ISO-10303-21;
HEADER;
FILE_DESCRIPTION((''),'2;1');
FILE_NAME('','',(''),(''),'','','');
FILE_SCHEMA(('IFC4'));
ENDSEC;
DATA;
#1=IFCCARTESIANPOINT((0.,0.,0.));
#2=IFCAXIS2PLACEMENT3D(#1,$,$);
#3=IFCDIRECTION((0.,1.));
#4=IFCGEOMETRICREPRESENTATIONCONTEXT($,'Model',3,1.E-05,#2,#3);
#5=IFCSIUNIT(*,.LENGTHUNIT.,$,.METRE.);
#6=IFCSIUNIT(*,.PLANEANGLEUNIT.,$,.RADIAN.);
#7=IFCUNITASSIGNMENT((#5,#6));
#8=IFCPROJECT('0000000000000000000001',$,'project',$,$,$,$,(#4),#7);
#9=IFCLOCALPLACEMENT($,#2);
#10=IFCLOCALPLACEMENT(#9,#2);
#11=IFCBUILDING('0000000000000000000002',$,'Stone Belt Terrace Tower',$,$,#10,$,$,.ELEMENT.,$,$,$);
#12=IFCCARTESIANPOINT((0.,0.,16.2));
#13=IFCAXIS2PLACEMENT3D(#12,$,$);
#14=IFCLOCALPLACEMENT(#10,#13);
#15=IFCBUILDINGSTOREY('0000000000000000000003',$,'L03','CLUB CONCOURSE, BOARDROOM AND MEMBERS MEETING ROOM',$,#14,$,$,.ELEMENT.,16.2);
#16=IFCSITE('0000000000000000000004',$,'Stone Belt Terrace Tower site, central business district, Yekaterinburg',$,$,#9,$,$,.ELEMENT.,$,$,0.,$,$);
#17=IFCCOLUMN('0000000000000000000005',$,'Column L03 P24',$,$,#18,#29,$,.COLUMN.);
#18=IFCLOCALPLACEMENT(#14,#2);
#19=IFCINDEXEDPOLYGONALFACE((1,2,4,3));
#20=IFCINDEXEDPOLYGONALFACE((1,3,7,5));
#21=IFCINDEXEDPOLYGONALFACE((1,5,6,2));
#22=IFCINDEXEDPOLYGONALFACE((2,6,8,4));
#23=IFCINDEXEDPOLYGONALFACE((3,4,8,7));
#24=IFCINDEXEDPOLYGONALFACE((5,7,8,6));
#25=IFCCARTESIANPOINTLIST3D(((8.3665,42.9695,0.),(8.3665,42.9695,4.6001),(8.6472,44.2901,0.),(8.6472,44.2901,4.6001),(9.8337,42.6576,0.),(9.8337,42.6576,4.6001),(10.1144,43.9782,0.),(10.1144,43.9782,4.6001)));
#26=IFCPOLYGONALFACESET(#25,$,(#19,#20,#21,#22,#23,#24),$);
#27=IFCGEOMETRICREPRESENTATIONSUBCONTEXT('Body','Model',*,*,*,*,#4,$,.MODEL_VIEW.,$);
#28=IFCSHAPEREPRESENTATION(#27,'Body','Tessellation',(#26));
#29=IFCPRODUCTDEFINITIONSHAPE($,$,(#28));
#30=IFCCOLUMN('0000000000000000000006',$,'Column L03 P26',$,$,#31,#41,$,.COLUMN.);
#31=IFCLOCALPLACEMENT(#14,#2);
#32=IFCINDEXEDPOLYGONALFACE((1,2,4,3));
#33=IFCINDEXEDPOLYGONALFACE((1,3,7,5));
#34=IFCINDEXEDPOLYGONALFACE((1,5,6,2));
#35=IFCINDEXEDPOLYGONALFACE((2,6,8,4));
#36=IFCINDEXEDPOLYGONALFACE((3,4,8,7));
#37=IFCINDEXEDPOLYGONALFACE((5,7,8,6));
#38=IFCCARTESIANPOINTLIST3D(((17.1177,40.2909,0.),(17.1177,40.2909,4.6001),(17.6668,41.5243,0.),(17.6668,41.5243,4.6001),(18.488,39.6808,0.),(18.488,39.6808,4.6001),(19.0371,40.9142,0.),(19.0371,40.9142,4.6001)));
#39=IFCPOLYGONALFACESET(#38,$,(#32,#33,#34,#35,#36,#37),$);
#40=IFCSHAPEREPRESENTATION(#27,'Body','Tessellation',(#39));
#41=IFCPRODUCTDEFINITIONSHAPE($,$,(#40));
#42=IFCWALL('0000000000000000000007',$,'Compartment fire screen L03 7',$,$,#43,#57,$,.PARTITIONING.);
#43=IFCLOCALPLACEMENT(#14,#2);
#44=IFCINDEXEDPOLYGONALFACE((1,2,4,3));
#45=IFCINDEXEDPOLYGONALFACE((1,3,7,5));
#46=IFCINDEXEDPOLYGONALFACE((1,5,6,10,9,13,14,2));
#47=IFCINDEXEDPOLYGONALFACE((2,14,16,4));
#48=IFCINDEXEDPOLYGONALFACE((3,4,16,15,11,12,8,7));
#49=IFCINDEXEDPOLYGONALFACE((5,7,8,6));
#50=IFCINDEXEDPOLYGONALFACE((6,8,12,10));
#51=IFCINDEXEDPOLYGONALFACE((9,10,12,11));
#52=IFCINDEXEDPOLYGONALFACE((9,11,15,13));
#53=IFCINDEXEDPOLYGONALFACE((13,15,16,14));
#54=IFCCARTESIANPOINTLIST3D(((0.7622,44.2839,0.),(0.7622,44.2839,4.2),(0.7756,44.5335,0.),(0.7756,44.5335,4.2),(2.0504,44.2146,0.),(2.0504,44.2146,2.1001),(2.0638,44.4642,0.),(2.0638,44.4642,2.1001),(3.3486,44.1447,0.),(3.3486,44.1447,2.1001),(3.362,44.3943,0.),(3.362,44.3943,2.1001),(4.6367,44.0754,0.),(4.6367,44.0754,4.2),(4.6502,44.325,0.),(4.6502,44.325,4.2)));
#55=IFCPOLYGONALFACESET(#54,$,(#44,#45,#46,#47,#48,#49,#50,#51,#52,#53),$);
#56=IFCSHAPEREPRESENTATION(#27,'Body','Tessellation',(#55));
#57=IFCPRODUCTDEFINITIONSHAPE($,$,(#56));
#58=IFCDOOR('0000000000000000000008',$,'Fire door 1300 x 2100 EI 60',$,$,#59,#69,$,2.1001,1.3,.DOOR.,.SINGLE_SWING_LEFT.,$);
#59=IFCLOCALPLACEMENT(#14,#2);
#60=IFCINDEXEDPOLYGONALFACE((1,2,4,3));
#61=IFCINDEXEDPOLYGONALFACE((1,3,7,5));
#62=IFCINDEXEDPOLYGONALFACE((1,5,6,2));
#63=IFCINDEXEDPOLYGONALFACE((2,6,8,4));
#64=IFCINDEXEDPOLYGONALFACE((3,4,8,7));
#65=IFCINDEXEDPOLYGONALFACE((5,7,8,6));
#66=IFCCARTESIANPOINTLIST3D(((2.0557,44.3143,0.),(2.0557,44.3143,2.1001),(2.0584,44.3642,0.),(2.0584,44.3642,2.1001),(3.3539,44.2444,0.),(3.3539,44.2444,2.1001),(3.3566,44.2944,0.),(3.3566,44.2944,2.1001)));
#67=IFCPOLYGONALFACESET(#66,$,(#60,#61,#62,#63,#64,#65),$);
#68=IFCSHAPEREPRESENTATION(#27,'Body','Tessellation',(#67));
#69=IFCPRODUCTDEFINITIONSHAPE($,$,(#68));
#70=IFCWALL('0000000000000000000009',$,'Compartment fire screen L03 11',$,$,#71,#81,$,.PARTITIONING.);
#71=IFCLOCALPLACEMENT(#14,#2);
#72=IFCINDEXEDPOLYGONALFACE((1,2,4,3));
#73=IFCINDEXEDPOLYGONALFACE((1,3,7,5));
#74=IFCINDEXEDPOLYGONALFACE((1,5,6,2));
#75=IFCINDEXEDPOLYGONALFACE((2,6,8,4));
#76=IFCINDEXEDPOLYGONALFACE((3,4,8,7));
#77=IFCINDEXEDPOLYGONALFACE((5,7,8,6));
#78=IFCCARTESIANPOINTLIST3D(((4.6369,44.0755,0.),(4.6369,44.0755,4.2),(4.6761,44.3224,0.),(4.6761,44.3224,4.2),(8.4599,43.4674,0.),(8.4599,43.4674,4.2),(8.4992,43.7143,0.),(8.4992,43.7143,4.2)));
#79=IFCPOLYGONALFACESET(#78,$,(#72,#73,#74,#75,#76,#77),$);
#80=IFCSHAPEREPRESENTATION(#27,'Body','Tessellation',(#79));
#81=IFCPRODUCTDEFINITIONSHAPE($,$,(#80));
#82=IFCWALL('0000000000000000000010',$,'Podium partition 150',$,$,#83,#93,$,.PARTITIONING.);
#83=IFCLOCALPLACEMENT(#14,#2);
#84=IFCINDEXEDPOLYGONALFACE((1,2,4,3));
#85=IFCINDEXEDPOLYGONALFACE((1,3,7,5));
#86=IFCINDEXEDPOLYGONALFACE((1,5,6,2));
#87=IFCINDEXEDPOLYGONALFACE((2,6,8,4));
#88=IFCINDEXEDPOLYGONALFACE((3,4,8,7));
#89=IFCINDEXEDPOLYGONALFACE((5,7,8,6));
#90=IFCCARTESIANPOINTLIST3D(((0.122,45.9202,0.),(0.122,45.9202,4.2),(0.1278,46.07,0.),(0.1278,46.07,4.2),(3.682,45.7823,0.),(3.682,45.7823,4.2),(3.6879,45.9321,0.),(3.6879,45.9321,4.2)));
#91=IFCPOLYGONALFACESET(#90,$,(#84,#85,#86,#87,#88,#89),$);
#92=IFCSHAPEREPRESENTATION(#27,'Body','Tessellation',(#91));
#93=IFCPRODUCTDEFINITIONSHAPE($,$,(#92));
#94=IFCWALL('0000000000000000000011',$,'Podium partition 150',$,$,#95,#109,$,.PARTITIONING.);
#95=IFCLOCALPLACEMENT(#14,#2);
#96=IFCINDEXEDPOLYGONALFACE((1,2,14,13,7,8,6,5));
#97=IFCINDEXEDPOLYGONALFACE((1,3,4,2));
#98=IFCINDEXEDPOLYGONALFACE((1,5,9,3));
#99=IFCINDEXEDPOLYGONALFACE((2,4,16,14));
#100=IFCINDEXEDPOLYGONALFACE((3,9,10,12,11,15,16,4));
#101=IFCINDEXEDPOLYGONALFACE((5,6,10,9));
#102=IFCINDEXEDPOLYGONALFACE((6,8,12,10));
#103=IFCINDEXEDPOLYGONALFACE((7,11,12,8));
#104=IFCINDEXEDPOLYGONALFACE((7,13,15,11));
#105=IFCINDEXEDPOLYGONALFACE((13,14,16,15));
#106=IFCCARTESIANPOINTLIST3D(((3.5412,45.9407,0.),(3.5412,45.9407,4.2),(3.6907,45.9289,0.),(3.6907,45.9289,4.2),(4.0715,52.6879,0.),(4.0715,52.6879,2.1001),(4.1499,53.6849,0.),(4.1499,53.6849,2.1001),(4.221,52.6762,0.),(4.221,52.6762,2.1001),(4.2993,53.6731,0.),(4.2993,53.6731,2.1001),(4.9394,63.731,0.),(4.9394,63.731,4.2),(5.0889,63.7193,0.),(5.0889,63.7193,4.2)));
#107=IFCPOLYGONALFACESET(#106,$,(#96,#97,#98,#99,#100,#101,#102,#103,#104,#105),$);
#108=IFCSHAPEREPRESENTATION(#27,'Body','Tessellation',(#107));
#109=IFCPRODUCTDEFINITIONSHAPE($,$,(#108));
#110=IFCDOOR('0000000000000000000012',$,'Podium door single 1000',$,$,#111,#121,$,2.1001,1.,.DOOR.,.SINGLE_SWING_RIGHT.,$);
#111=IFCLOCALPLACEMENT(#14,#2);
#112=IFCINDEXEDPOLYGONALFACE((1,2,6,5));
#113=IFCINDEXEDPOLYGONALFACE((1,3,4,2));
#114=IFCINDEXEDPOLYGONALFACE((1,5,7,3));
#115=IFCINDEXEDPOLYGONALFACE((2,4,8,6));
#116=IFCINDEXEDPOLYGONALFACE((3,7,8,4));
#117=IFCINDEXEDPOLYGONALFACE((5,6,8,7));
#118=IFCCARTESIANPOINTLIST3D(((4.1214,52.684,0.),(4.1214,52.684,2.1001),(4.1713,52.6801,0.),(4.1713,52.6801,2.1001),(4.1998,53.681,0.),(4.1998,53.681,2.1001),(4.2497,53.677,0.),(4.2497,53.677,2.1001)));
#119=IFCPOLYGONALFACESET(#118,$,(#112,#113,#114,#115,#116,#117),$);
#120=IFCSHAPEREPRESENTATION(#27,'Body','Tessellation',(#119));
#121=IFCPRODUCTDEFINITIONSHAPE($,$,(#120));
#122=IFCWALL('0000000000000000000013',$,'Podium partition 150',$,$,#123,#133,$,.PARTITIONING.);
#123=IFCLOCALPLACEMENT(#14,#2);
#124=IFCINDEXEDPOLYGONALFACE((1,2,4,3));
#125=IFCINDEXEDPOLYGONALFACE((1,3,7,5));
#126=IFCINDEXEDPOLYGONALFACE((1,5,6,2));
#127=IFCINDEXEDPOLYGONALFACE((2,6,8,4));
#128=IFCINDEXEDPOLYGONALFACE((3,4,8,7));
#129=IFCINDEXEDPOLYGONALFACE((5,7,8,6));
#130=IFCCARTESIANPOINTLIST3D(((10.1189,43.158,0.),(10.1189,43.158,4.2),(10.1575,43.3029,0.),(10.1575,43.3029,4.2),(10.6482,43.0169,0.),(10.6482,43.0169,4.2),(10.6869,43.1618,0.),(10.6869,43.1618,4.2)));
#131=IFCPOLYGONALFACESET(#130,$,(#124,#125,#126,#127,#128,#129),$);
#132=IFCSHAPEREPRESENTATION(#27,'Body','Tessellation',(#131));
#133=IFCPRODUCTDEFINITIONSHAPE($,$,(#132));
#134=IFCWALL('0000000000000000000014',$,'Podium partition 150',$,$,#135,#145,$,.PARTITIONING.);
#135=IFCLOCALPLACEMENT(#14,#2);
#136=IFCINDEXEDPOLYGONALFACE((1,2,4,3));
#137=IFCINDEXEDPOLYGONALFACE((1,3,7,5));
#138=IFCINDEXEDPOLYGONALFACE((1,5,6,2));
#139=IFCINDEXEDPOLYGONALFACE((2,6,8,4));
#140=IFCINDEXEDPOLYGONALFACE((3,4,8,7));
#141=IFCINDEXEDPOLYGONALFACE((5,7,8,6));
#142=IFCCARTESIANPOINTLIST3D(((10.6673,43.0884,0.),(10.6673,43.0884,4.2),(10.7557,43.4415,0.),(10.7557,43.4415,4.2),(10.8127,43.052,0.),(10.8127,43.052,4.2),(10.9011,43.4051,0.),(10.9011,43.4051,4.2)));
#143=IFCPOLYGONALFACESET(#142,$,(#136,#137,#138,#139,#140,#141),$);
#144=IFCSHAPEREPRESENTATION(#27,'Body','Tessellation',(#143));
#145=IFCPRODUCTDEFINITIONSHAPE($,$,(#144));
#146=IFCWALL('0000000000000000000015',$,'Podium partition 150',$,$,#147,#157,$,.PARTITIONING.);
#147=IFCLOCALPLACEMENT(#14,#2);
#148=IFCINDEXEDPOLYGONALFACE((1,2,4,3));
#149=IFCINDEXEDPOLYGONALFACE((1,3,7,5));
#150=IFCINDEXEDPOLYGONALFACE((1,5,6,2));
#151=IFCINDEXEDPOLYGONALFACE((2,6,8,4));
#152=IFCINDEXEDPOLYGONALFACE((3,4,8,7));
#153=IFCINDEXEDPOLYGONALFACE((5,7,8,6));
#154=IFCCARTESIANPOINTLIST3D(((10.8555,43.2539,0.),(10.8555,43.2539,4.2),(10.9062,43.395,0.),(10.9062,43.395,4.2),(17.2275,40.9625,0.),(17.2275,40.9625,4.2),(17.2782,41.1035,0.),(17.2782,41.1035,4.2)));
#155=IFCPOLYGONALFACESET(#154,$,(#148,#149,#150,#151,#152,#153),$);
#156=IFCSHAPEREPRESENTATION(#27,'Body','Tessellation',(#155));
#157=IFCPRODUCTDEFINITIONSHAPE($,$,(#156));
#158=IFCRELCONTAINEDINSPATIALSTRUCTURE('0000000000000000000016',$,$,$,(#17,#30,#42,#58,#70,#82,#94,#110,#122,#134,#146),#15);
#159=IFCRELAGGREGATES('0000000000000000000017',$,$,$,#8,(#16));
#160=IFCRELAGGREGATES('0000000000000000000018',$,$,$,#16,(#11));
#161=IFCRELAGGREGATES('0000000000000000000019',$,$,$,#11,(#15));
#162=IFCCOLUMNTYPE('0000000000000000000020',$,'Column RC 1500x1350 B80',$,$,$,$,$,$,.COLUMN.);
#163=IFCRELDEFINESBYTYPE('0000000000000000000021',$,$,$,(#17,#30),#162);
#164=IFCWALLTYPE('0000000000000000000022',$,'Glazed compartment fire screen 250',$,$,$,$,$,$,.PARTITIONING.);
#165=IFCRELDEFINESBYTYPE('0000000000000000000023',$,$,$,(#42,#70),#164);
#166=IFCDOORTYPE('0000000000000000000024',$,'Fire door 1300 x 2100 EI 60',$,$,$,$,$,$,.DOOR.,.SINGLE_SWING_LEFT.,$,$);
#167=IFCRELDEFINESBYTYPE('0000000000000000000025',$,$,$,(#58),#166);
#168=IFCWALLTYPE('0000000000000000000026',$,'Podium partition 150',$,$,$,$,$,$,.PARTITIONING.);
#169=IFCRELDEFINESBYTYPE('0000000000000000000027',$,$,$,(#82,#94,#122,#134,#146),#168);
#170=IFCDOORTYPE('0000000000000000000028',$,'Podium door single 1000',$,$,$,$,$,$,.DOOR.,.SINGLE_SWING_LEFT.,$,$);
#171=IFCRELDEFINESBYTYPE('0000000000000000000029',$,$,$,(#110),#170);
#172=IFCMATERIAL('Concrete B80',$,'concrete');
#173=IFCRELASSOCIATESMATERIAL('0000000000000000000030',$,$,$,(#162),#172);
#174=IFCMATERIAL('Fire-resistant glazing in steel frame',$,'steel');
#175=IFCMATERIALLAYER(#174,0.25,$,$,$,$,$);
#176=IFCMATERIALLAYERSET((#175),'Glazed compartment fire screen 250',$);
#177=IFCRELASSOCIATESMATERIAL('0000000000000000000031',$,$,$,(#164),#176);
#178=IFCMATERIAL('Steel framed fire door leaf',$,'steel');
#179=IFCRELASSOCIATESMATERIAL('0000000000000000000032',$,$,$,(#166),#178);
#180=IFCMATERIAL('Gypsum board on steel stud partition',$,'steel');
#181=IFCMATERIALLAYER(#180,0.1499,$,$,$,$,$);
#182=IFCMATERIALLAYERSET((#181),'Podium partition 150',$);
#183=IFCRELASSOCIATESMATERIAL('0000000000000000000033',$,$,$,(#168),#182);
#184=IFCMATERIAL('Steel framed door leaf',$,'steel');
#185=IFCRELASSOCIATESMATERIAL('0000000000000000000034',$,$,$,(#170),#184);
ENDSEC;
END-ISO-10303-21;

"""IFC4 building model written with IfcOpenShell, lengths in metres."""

from ifc_helpers import new_model, si_unit, direction, frame, frame_2d, origin, origin_2d, place, context, subcontext, project, spatial, rectangle, extrude, material, layer, layer_set, material_profile, profile_set, type_object, element, fill, save


model = new_model("IFC4")

# Units and contexts
model_context = context("Model", 3, precision=1e-05, world=origin(), true_north=direction((0.0, 1.0)))
body_context = subcontext(model_context, "Body", "Model", "MODEL_VIEW")
ifc_project = project(units=[si_unit("LENGTHUNIT", "METRE"), si_unit("PLANEANGLEUNIT", "RADIAN")], contexts=[model_context])

# Site, building, storey
site_placement = place(None, origin())
site = spatial("IfcSite", under=ifc_project, at=site_placement, Name="Stone Belt Terrace Tower site, central business district, Yekaterinburg", CompositionType="ELEMENT", RefElevation=0.0)
building_placement = place(site_placement, origin())
building = spatial("IfcBuilding", under=site, at=building_placement, Name="Stone Belt Terrace Tower", CompositionType="ELEMENT")
storey_placement = place(building_placement, frame((0.0, 0.0, 16.2)))
storey = spatial("IfcBuildingStorey", under=building, at=storey_placement, Name="L03", Description="CLUB CONCOURSE, BOARDROOM AND MEMBERS MEETING ROOM", CompositionType="ELEMENT", Elevation=16.2)

# Columns
ifc_material_1 = material(Name="Concrete B80", Category="concrete")
ifc_material_profile = material_profile(ifc_material_1, rectangle(XDim=1.5, YDim=1.3501, at=origin_2d()), Name="RC 1500x1350")
ifc_profile_set = profile_set([ifc_material_profile], Name="Concrete B80")
column_type = type_object("IfcColumnType", Name="Column RC 1500x1350 B80", PredefinedType="COLUMN", material=ifc_profile_set)
for number, where, z_axis, x_axis, name in (
    (1, (9.2405, 43.4739, 0.0), (0.0, 0.0, 1.0), (0.978148, -0.207912, 0.0), "Column L03 P24"),
    (2, (18.0774, 40.6025, 0.0), (0.0, 0.0, 1.0), (0.913545, -0.406737, 0.0), "Column L03 P26"),
):
    element("IfcColumn", number, at=place(storey_placement, frame(where, z_axis=z_axis, x_axis=x_axis)), inside=storey, type_object=column_type, Name=name, PredefinedType="COLUMN", context=body_context, shape_type="SweptSolid", body=[
        extrude(rectangle(XDim=1.5, YDim=1.3501, at=origin_2d()), origin(), (0.0, 0.0, 1.0), 4.6001),
    ])

# Wall, opening, door
ifc_material_2 = material(Name="Fire-resistant glazing in steel frame", Category="steel")
ifc_layer_1 = layer(ifc_material_2, 0.25)
ifc_layer_set_1 = layer_set([ifc_layer_1], Name="Glazed compartment fire screen 250")
wall_type_1 = type_object("IfcWallType", Name="Glazed compartment fire screen 250", PredefinedType="PARTITIONING", material=ifc_layer_set_1)
wall_1_placement = place(storey_placement, frame((0.769, 44.4087, 0.0), z_axis=(0.0, 0.0, 1.0), x_axis=(0.998555, -0.053734, 0.0)))
wall_1 = element("IfcWall", 3, at=wall_1_placement, inside=storey, type_object=wall_type_1, Name="Compartment fire screen L03 7", PredefinedType="PARTITIONING", context=body_context, shape_type="SweptSolid", body=[
    extrude(rectangle(XDim=3.8801, YDim=0.25, at=frame_2d((1.9399, 0.0))), origin(), (0.0, 0.0, 1.0), 4.2),
])
opening_1_placement = place(wall_1_placement, frame((1.29, 0.0, 0.0)))
opening_1 = element("IfcOpeningElement", 4, at=opening_1_placement, cuts=wall_1, PredefinedType="OPENING", context=body_context, shape_type="SweptSolid", body=[
    extrude(rectangle(XDim=1.3, YDim=2.1001, at=frame_2d((0.6499, 1.05))), frame((0.0, 0.135, 0.0), z_axis=(0.0, -1.0, 0.0), x_axis=(1.0, 0.0, 0.0)), (0.0, 0.0, 1.0), 0.27),
])
ifc_material_3 = material(Name="Steel framed fire door leaf", Category="steel")
door_type_1 = type_object("IfcDoorType", Name="Fire door 1300 x 2100 EI 60", OperationType="SINGLE_SWING_LEFT", PredefinedType="DOOR", material=ifc_material_3)
door_1_placement = place(opening_1_placement, origin())
door_1 = element("IfcDoor", 5, at=door_1_placement, inside=storey, type_object=door_type_1, Name="Fire door 1300 x 2100 EI 60", OperationType="SINGLE_SWING_LEFT", OverallHeight=2.1001, OverallWidth=1.3, PredefinedType="DOOR", context=body_context, shape_type="SweptSolid", body=[
    extrude(rectangle(XDim=1.3, YDim=2.1001, at=frame_2d((0.6499, 1.05))), frame((0.0, 0.0249, 0.0), z_axis=(0.0, -1.0, 0.0), x_axis=(1.0, 0.0, 0.0)), (0.0, 0.0, 1.0), 0.05),
])
fill(opening_1, door_1)

# Walls
wall_2_placement = place(storey_placement, frame((4.6565, 44.199, 0.0), z_axis=(0.0, 0.0, 1.0), x_axis=(0.987582, -0.157102, 0.0)))
element("IfcWall", 6, at=wall_2_placement, inside=storey, type_object=wall_type_1, Name="Compartment fire screen L03 11", PredefinedType="PARTITIONING", context=body_context, shape_type="SweptSolid", body=[
    extrude(rectangle(XDim=3.8711, YDim=0.25, at=frame_2d((1.9355, 0.0))), origin(), (0.0, 0.0, 1.0), 4.2),
])
ifc_material_4 = material(Name="Gypsum board on steel stud partition", Category="steel")
ifc_layer_2 = layer(ifc_material_4, 0.1499)
ifc_layer_set_2 = layer_set([ifc_layer_2], Name="Podium partition 150")
wall_type_2 = type_object("IfcWallType", Name="Podium partition 150", PredefinedType="PARTITIONING", material=ifc_layer_set_2)
wall_3_placement = place(storey_placement, frame((0.125, 45.9951, 0.0), z_axis=(0.0, 0.0, 1.0), x_axis=(0.99925, -0.038717, 0.0)))
element("IfcWall", 7, at=wall_3_placement, inside=storey, type_object=wall_type_2, Name="Podium partition 150", PredefinedType="PARTITIONING", context=body_context, shape_type="SweptSolid", body=[
    extrude(rectangle(XDim=3.5627, YDim=0.1499, at=frame_2d((1.7812, 0.0))), origin(), (0.0, 0.0, 1.0), 4.2),
])

# Wall, opening, door
wall_4_placement = place(storey_placement, frame((3.616, 45.9348, 0.0), z_axis=(0.0, 0.0, 1.0), x_axis=(0.078351, 0.996926, 0.0)))
wall_4 = element("IfcWall", 8, at=wall_4_placement, inside=storey, type_object=wall_type_2, Name="Podium partition 150", PredefinedType="PARTITIONING", context=body_context, shape_type="SweptSolid", body=[
    extrude(rectangle(XDim=17.8452, YDim=0.1499, at=frame_2d((8.9226, 0.0))), origin(), (0.0, 0.0, 1.0), 4.2),
])
opening_2_placement = place(wall_4_placement, frame((6.7681, 0.0, 0.0)))
opening_2 = element("IfcOpeningElement", 9, at=opening_2_placement, cuts=wall_4, PredefinedType="OPENING", context=body_context, shape_type="SweptSolid", body=[
    extrude(rectangle(XDim=1.0, YDim=2.1001, at=frame_2d((0.5, 1.05))), frame((0.0, 0.085, 0.0), z_axis=(0.0, -1.0, 0.0), x_axis=(1.0, 0.0, 0.0)), (0.0, 0.0, 1.0), 0.1699),
])
ifc_material_5 = material(Name="Steel framed door leaf", Category="steel")
door_type_2 = type_object("IfcDoorType", Name="Podium door single 1000", OperationType="SINGLE_SWING_LEFT", PredefinedType="DOOR", material=ifc_material_5)
door_2_placement = place(opening_2_placement, origin())
door_2 = element("IfcDoor", 10, at=door_2_placement, inside=storey, type_object=door_type_2, Name="Podium door single 1000", OperationType="SINGLE_SWING_RIGHT", OverallHeight=2.1001, OverallWidth=1.0, PredefinedType="DOOR", context=body_context, shape_type="SweptSolid", body=[
    extrude(rectangle(XDim=1.0, YDim=2.1001, at=frame_2d((0.5, 1.05))), frame((0.0, 0.0249, 0.0), z_axis=(0.0, -1.0, 0.0), x_axis=(1.0, 0.0, 0.0)), (0.0, 0.0, 1.0), 0.05),
])
fill(opening_2, door_2)

# Walls
wall_5_placement = place(storey_placement, frame((10.1382, 43.2305, 0.0), z_axis=(0.0, 0.0, 1.0), x_axis=(0.96625, -0.257607, 0.0)))
element("IfcWall", 11, at=wall_5_placement, inside=storey, type_object=wall_type_2, Name="Podium partition 150", PredefinedType="PARTITIONING", context=body_context, shape_type="SweptSolid", body=[
    extrude(rectangle(XDim=0.5479, YDim=0.1499, at=frame_2d((0.2739, 0.0))), origin(), (0.0, 0.0, 1.0), 4.2),
])
wall_6_placement = place(storey_placement, frame((10.74, 43.0701, 0.0), z_axis=(0.0, 0.0, 1.0), x_axis=(0.242851, 0.970064, 0.0)))
element("IfcWall", 12, at=wall_6_placement, inside=storey, type_object=wall_type_2, Name="Podium partition 150", PredefinedType="PARTITIONING", context=body_context, shape_type="SweptSolid", body=[
    extrude(rectangle(XDim=0.364, YDim=0.1499, at=frame_2d((0.1821, 0.0))), origin(), (0.0, 0.0, 1.0), 4.2),
])
wall_7_placement = place(storey_placement, frame((10.8809, 43.3245, 0.0), z_axis=(0.0, 0.0, 1.0), x_axis=(0.941002, -0.3384, 0.0)))
element("IfcWall", 13, at=wall_7_placement, inside=storey, type_object=wall_type_2, Name="Podium partition 150", PredefinedType="PARTITIONING", context=body_context, shape_type="SweptSolid", body=[
    extrude(rectangle(XDim=6.7715, YDim=0.1499, at=frame_2d((3.3857, 0.0))), origin(), (0.0, 0.0, 1.0), 4.2),
])

save(model, "model.ifc")
